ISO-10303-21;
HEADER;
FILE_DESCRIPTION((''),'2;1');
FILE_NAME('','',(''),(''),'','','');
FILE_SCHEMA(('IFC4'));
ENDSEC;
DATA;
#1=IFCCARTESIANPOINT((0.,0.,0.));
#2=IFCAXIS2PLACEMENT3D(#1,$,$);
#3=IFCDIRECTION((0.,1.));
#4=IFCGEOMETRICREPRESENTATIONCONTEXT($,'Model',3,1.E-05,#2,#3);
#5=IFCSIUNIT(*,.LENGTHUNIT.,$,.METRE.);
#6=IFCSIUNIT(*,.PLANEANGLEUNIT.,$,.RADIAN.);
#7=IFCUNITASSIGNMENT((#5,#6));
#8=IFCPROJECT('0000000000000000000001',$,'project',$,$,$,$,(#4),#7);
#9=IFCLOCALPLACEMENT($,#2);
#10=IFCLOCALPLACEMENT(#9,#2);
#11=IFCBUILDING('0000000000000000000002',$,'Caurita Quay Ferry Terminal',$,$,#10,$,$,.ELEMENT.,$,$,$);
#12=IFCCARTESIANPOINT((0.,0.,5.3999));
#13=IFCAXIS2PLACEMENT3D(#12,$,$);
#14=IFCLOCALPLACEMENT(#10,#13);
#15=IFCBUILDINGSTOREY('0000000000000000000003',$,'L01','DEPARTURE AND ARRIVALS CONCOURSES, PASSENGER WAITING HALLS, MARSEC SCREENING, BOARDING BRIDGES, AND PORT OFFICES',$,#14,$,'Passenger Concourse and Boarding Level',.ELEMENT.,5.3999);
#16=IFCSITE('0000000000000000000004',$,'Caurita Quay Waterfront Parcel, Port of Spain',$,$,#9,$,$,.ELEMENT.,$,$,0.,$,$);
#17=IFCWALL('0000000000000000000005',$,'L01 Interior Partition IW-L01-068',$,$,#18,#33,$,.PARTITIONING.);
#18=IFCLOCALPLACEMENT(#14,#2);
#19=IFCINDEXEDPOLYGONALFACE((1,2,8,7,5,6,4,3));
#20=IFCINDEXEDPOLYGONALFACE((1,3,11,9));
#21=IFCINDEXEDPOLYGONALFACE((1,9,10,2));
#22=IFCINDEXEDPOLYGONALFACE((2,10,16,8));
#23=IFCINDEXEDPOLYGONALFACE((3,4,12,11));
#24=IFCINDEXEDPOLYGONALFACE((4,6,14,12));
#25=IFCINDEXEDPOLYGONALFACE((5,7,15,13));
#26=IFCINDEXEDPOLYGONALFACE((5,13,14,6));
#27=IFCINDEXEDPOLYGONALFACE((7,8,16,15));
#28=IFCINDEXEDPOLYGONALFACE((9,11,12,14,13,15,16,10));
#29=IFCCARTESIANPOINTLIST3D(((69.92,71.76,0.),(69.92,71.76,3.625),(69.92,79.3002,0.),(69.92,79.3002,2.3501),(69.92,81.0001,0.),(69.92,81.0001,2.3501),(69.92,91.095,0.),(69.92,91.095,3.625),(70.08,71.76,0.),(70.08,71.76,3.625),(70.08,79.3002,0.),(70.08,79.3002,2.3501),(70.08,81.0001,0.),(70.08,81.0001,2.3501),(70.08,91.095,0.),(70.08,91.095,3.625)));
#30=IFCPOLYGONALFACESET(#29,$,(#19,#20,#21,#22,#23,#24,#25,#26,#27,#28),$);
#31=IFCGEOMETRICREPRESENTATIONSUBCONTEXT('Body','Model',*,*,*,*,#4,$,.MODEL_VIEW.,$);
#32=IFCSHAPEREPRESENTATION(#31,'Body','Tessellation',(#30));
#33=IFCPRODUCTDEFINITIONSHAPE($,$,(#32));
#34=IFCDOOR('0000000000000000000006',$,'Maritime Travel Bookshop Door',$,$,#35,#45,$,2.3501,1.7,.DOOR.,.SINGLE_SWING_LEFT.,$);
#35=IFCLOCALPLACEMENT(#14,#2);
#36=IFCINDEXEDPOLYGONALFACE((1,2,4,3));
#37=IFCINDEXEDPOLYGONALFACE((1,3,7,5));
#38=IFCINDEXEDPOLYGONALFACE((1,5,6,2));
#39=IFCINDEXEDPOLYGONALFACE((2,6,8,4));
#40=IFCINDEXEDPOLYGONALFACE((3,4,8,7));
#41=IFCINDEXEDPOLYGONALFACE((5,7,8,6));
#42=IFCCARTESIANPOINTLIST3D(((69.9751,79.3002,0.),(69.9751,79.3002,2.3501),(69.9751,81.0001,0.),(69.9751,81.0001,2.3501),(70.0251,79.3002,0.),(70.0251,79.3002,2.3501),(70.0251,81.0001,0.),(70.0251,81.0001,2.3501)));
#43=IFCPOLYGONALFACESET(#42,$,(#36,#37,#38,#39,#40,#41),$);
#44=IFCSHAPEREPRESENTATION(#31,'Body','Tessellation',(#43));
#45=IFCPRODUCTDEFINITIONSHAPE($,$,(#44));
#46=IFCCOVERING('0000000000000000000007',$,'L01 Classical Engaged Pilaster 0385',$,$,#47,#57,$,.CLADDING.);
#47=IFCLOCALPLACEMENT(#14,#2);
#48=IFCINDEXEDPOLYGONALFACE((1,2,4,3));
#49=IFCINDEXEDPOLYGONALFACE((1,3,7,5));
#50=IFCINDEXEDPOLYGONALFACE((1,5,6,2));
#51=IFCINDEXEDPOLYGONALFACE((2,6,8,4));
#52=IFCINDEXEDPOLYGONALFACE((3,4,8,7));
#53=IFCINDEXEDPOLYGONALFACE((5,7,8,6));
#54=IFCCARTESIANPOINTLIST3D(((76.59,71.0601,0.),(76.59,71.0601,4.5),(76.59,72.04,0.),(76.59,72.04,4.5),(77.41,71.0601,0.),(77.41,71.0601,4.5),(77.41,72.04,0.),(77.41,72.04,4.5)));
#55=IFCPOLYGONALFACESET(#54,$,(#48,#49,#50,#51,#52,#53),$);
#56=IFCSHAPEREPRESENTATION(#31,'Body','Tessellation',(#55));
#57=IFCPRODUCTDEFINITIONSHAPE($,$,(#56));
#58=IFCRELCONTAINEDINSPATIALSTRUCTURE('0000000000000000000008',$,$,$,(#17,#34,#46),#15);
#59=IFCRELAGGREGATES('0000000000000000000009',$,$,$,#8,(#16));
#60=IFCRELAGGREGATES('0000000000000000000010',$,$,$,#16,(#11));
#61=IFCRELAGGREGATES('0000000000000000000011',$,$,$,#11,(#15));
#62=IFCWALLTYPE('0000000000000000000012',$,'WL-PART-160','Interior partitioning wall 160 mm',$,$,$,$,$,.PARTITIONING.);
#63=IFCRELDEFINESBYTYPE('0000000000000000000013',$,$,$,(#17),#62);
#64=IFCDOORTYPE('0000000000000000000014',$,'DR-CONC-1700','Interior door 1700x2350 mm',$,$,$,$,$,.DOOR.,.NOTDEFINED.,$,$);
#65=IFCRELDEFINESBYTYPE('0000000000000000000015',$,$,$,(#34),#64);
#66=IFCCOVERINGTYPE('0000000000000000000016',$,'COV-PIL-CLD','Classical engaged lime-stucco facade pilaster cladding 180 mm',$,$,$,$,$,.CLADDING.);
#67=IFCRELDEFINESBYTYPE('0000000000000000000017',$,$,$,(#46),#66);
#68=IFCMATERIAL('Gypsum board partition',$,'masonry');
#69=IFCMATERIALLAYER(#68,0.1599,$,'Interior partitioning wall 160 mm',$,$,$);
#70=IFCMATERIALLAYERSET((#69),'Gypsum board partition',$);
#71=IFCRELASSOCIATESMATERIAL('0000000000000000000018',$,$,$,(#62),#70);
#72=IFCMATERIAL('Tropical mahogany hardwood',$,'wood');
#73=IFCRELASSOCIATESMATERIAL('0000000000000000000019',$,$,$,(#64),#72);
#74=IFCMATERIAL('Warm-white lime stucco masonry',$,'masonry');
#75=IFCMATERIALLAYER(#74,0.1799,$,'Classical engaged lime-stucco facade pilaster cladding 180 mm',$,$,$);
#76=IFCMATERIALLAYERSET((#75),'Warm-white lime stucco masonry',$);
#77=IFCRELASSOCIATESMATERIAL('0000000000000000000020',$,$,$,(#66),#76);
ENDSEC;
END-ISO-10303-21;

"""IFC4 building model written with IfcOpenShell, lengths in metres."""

from ifc_helpers import new_model, si_unit, direction, frame, frame_2d, origin, origin_2d, place, context, subcontext, project, spatial, rectangle, extrude, material, layer, layer_set, type_object, element, fill, save


model = new_model("IFC4")

# Units and contexts
model_context = context("Model", 3, precision=1e-05, world=origin(), true_north=direction((0.0, 1.0)))
body_context = subcontext(model_context, "Body", "Model", "MODEL_VIEW")
ifc_project = project(units=[si_unit("LENGTHUNIT", "METRE"), si_unit("PLANEANGLEUNIT", "RADIAN")], contexts=[model_context])

# Site, building, storey
site_placement = place(None, origin())
site = spatial("IfcSite", under=ifc_project, at=site_placement, Name="Caurita Quay Waterfront Parcel, Port of Spain", CompositionType="ELEMENT", RefElevation=0.0)
building_placement = place(site_placement, origin())
building = spatial("IfcBuilding", under=site, at=building_placement, Name="Caurita Quay Ferry Terminal", CompositionType="ELEMENT")
storey_placement = place(building_placement, frame((0.0, 0.0, 5.3999)))
storey = spatial("IfcBuildingStorey", under=building, at=storey_placement, Name="L01", Description="DEPARTURE AND ARRIVALS CONCOURSES, PASSENGER WAITING HALLS, MARSEC SCREENING, BOARDING BRIDGES, AND PORT OFFICES", LongName="Passenger Concourse and Boarding Level", CompositionType="ELEMENT", Elevation=5.3999)

# Shared definitions
ifc_material_1 = material(Name="Warm-white lime stucco masonry", Category="masonry")

# Wall, opening, door
ifc_material_2 = material(Name="Gypsum board partition", Category="masonry")
ifc_layer_1 = layer(ifc_material_2, 0.1599, Name="Interior partitioning wall 160 mm")
ifc_layer_set_1 = layer_set([ifc_layer_1], Name="Gypsum board partition")
wall_type_1 = type_object("IfcWallType", Name="WL-PART-160", Description="Interior partitioning wall 160 mm", PredefinedType="PARTITIONING", material=ifc_layer_set_1)
wall_1_placement = place(storey_placement, frame((70.0, 71.76, 0.0), z_axis=(0.0, 0.0, 1.0), x_axis=(0.0, 1.0, 0.0)))
wall_1 = element("IfcWall", 1, at=wall_1_placement, inside=storey, type_object=wall_type_1, Name="L01 Interior Partition IW-L01-068", PredefinedType="PARTITIONING", context=body_context, shape_type="SweptSolid", body=[
    extrude(rectangle(XDim=19.335, YDim=0.1599, at=frame_2d((9.6675, 0.0))), origin(), (0.0, 0.0, 1.0), 3.625),
])
opening_1_placement = place(wall_1_placement, frame((7.54, 0.0, 0.0)))
opening_1 = element("IfcOpeningElement", 2, at=opening_1_placement, cuts=wall_1, PredefinedType="OPENING", context=body_context, shape_type="SweptSolid", body=[
    extrude(rectangle(XDim=1.7, YDim=2.3501, at=frame_2d((0.8501, 1.175))), frame((0.0, 0.0898, 0.0), z_axis=(0.0, -1.0, 0.0), x_axis=(1.0, 0.0, 0.0)), (0.0, 0.0, 1.0), 0.1799),
])
ifc_material_3 = material(Name="Tropical mahogany hardwood", Category="wood")
door_type = type_object("IfcDoorType", Name="DR-CONC-1700", Description="Interior door 1700x2350 mm", OperationType="NOTDEFINED", PredefinedType="DOOR", material=ifc_material_3)
door_placement = place(opening_1_placement, origin())
door = element("IfcDoor", 3, at=door_placement, inside=storey, type_object=door_type, Name="Maritime Travel Bookshop Door", OperationType="SINGLE_SWING_LEFT", OverallHeight=2.3501, OverallWidth=1.7, PredefinedType="DOOR", context=body_context, shape_type="SweptSolid", body=[
    extrude(rectangle(XDim=1.7, YDim=2.3501, at=frame_2d((0.8501, 1.175))), frame((0.0, 0.0249, 0.0), z_axis=(0.0, -1.0, 0.0), x_axis=(1.0, 0.0, 0.0)), (0.0, 0.0, 1.0), 0.05),
])
fill(opening_1, door)

# Covering
ifc_layer_2 = layer(ifc_material_1, 0.1799, Name="Classical engaged lime-stucco facade pilaster cladding 180 mm")
ifc_layer_set_2 = layer_set([ifc_layer_2], Name="Warm-white lime stucco masonry")
covering_type = type_object("IfcCoveringType", Name="COV-PIL-CLD", Description="Classical engaged lime-stucco facade pilaster cladding 180 mm", PredefinedType="CLADDING", material=ifc_layer_set_2)
covering_placement = place(storey_placement, frame((77.0, 71.55, 0.0), z_axis=(0.0, 0.0, 1.0), x_axis=(1.0, 0.0, 0.0)))
element("IfcCovering", 4, at=covering_placement, inside=storey, type_object=covering_type, Name="L01 Classical Engaged Pilaster 0385", PredefinedType="CLADDING", context=body_context, shape_type="SweptSolid", body=[
    extrude(rectangle(XDim=0.8201, YDim=0.98, at=origin_2d()), origin(), (0.0, 0.0, 1.0), 4.5),
])

save(model, "model.ifc")
